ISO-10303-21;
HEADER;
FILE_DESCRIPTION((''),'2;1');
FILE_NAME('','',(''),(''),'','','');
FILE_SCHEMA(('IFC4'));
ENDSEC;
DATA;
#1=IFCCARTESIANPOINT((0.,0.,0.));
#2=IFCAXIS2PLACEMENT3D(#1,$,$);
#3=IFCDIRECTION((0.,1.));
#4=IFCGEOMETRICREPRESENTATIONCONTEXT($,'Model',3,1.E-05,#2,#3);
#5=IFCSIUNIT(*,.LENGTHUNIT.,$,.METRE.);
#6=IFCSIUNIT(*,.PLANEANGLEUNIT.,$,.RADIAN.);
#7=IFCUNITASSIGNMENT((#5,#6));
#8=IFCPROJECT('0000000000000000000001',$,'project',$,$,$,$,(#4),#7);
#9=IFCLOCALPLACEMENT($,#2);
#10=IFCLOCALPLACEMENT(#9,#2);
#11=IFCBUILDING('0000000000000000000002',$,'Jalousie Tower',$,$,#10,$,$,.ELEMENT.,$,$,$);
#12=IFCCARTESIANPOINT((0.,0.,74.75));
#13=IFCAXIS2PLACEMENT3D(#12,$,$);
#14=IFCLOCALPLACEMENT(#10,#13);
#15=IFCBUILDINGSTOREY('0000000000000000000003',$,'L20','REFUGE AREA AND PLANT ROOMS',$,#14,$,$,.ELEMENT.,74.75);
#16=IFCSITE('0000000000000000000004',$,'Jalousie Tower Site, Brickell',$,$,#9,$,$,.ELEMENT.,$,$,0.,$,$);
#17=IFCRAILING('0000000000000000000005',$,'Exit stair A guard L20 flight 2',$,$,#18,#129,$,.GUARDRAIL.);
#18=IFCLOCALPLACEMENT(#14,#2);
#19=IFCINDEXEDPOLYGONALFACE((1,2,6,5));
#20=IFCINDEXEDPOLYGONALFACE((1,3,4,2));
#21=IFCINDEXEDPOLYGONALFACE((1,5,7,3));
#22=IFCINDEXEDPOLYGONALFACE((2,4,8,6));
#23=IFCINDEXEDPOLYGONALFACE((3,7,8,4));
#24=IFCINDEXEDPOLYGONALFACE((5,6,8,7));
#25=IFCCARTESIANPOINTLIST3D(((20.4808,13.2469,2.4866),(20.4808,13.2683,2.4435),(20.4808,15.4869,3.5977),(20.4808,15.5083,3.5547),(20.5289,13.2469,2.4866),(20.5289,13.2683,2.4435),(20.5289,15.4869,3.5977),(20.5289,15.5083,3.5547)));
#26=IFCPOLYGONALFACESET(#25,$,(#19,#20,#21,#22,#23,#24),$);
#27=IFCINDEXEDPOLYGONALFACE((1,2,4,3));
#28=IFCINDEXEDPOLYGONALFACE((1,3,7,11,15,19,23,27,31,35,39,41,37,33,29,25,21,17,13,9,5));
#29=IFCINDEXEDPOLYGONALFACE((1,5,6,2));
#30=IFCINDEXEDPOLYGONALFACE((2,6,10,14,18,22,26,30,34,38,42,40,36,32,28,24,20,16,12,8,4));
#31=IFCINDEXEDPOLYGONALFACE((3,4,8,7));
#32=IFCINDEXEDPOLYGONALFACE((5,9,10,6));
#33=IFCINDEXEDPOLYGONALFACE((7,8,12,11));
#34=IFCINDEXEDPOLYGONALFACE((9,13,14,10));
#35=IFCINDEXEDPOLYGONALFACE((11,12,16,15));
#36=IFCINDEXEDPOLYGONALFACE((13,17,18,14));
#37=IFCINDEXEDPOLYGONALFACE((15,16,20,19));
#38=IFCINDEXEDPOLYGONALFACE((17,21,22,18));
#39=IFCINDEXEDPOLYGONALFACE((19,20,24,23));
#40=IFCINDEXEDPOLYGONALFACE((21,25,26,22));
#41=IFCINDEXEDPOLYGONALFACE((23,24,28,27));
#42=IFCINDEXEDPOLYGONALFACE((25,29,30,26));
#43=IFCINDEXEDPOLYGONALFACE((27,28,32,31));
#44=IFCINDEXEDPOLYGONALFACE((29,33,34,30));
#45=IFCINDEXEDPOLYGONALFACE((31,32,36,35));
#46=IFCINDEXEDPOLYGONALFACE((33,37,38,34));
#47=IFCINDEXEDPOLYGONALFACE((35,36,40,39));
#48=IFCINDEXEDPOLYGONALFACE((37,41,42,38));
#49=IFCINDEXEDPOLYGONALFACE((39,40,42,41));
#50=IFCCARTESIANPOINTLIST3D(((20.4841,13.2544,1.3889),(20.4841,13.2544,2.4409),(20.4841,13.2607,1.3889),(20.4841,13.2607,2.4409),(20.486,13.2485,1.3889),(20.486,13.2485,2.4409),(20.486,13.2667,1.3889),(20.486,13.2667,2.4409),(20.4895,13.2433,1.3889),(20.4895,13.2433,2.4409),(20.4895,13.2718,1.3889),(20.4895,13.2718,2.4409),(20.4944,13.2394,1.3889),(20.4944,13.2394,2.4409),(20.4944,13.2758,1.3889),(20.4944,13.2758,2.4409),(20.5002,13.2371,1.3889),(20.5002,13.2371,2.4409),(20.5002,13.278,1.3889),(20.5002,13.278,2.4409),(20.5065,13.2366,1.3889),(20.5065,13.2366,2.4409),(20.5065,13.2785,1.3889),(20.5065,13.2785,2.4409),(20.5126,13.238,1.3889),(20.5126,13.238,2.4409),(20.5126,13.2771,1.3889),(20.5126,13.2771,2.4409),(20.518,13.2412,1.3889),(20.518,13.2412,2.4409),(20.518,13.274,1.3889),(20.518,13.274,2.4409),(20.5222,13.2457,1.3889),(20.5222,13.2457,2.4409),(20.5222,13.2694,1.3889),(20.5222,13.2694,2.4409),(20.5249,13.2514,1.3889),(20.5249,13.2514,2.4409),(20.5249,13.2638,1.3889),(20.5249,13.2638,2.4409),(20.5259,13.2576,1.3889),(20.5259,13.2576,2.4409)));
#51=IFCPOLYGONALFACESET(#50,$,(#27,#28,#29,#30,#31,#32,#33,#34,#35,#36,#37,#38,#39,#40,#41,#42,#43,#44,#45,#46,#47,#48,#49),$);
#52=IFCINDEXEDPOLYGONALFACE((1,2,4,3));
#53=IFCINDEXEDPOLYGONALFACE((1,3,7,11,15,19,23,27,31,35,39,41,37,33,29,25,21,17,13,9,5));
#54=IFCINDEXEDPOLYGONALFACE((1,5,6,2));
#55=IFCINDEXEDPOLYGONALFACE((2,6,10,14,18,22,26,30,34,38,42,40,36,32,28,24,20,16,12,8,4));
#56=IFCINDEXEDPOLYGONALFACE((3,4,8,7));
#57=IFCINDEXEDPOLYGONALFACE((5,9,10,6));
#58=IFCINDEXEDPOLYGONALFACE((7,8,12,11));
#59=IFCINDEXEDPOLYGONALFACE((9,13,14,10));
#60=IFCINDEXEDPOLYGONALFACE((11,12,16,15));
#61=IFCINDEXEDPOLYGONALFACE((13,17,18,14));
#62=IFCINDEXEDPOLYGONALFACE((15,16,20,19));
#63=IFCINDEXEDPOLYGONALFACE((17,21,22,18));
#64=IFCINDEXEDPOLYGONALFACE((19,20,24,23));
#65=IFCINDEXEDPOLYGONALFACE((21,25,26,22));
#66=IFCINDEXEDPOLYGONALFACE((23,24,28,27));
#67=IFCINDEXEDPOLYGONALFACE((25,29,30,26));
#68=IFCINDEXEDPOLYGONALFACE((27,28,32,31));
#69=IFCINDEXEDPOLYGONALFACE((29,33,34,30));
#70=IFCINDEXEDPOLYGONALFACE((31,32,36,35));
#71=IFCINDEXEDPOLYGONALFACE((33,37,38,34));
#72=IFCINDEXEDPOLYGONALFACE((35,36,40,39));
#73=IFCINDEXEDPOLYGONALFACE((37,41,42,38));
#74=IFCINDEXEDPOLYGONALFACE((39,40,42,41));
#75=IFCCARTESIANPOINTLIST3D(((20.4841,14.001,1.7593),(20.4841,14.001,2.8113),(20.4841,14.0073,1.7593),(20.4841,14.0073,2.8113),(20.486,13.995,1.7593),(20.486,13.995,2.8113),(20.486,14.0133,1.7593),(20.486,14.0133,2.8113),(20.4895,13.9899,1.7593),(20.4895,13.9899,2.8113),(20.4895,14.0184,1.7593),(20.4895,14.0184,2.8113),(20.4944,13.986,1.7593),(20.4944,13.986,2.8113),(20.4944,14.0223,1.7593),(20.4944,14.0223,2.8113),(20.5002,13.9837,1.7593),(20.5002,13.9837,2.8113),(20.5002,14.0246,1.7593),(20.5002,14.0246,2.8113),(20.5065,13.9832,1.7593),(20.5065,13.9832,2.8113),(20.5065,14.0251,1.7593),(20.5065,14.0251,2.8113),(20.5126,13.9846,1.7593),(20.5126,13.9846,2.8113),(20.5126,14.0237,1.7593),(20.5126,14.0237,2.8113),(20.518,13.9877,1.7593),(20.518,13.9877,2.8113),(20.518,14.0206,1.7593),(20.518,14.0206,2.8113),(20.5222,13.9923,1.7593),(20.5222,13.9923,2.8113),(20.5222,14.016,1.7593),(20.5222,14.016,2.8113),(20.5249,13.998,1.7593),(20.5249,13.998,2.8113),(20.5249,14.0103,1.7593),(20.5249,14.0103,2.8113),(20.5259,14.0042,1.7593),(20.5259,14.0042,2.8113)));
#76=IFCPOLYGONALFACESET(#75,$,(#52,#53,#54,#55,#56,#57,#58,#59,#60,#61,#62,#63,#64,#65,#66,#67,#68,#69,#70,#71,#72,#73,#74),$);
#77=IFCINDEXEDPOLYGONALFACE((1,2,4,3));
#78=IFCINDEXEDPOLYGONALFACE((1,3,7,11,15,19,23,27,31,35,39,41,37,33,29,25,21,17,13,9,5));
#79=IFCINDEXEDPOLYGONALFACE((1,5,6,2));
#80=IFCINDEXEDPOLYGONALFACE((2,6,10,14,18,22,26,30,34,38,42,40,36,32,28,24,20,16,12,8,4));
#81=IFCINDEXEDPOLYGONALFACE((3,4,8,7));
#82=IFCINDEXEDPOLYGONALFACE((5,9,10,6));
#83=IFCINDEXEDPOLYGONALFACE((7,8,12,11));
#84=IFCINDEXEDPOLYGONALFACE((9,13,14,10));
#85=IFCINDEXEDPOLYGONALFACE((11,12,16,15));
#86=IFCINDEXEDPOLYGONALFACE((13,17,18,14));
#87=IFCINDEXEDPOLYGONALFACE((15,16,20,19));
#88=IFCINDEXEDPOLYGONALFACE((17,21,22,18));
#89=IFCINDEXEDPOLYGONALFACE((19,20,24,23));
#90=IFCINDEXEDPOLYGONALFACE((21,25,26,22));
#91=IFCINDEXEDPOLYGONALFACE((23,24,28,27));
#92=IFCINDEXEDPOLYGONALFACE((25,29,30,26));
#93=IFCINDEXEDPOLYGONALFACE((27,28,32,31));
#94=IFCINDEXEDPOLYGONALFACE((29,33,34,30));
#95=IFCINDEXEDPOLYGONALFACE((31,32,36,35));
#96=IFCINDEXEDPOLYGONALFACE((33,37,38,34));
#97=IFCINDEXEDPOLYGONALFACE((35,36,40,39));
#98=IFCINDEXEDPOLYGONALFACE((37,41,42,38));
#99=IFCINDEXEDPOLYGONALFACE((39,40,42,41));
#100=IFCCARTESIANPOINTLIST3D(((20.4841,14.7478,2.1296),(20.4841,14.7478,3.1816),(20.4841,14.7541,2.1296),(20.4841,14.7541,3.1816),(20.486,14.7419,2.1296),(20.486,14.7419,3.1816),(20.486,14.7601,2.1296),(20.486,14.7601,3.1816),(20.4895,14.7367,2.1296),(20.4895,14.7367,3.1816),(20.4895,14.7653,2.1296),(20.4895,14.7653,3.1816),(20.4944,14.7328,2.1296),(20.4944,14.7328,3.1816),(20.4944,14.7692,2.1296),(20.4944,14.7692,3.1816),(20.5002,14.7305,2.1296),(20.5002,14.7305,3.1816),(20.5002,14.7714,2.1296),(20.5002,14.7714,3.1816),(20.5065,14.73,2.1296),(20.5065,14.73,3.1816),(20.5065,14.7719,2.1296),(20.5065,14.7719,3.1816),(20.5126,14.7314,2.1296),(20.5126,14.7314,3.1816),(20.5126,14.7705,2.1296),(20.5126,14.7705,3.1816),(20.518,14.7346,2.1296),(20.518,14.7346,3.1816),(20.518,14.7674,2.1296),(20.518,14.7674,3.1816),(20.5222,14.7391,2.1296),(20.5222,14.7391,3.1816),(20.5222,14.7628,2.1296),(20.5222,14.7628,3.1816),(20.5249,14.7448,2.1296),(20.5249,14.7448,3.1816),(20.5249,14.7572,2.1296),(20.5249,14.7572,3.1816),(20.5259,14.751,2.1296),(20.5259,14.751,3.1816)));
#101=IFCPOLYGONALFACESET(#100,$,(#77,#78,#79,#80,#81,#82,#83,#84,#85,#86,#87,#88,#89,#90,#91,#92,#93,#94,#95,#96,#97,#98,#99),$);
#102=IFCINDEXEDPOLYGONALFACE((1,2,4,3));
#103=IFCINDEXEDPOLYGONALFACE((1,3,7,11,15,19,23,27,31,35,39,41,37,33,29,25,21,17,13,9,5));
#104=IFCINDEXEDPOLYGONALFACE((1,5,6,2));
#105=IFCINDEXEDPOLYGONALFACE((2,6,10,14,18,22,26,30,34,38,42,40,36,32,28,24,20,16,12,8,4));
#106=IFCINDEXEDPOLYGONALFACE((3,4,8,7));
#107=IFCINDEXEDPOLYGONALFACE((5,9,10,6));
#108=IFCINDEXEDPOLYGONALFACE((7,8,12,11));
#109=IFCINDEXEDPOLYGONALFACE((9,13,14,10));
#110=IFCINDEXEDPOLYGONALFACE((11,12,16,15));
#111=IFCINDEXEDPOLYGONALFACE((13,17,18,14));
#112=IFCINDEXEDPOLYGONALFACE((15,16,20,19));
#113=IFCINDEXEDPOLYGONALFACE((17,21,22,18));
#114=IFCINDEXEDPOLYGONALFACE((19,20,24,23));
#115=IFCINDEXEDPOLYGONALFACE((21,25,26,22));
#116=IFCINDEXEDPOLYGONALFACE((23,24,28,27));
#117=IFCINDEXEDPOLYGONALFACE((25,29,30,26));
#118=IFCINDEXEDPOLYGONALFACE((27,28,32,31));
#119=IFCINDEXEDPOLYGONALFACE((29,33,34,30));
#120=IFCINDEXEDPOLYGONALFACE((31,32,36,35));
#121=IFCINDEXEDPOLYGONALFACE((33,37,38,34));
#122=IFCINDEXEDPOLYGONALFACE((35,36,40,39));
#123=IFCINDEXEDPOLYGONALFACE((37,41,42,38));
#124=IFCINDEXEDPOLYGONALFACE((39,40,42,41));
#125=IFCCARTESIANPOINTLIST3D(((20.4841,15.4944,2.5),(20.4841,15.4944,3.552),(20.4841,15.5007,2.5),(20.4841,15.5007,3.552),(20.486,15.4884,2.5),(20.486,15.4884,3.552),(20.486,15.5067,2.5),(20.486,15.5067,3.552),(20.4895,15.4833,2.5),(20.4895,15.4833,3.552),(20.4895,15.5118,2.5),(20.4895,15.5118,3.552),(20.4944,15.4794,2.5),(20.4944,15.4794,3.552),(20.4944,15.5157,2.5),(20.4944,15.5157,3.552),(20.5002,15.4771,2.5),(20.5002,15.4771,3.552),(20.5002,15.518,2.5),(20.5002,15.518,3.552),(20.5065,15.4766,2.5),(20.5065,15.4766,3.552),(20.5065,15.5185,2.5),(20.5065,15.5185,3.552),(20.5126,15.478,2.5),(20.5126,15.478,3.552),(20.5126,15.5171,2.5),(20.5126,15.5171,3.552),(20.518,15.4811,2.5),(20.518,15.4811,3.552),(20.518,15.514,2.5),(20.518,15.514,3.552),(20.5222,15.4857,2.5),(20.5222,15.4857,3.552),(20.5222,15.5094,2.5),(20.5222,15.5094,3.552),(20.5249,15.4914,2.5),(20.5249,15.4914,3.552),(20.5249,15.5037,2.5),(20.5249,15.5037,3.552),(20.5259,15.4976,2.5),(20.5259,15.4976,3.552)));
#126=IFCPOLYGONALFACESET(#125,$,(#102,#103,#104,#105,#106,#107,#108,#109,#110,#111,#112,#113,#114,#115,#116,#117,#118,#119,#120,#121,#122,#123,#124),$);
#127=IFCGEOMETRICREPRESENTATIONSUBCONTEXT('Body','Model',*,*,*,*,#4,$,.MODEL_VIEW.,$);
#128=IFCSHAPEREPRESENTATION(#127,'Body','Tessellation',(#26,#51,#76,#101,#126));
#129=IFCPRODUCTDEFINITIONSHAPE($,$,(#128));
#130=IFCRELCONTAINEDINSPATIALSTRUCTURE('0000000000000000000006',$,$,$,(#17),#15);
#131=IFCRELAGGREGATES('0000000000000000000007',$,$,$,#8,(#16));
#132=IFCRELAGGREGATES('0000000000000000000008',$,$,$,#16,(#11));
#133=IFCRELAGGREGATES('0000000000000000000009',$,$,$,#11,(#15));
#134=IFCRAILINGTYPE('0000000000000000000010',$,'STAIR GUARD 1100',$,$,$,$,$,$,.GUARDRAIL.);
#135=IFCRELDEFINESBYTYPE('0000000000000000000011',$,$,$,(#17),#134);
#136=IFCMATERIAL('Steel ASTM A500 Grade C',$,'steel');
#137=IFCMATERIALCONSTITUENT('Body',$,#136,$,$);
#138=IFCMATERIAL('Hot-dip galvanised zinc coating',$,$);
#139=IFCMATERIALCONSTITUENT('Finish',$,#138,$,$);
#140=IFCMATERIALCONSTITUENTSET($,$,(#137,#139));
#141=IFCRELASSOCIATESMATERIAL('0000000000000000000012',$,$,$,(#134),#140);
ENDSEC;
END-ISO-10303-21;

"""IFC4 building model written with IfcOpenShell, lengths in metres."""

from ifc_helpers import new_model, si_unit, direction, frame, origin, origin_2d, place, context, subcontext, project, spatial, rectangle, circle, extrude, material, constituent, constituent_set, type_object, element, save


model = new_model("IFC4")

# Units and contexts
model_context = context("Model", 3, precision=1e-05, world=origin(), true_north=direction((0.0, 1.0)))
body_context = subcontext(model_context, "Body", "Model", "MODEL_VIEW")
ifc_project = project(units=[si_unit("LENGTHUNIT", "METRE"), si_unit("PLANEANGLEUNIT", "RADIAN")], contexts=[model_context])

# Site, building, storey
site_placement = place(None, origin())
site = spatial("IfcSite", under=ifc_project, at=site_placement, Name="Jalousie Tower Site, Brickell", CompositionType="ELEMENT", RefElevation=0.0)
building_placement = place(site_placement, origin())
building = spatial("IfcBuilding", under=site, at=building_placement, Name="Jalousie Tower", CompositionType="ELEMENT")
storey_placement = place(building_placement, frame((0.0, 0.0, 74.75)))
storey = spatial("IfcBuildingStorey", under=building, at=storey_placement, Name="L20", Description="REFUGE AREA AND PLANT ROOMS", CompositionType="ELEMENT", Elevation=74.75)

# Railing
ifc_material_1 = material(Name="Steel ASTM A500 Grade C", Category="steel")
ifc_constituent_1 = constituent(ifc_material_1, Name="Body")
ifc_material_2 = material(Name="Hot-dip galvanised zinc coating")
ifc_constituent_2 = constituent(ifc_material_2, Name="Finish")
ifc_constituent_set_1 = constituent_set(constituents=[ifc_constituent_1, ifc_constituent_2])
railing_type_1 = type_object("IfcRailingType", Name="STAIR GUARD 1100", PredefinedType="GUARDRAIL", material=ifc_constituent_set_1)
railing_1_placement = place(storey_placement, frame((20.5049, 13.2576, 1.3889)))
element("IfcRailing", 1, at=railing_1_placement, inside=storey, type_object=railing_type_1, Name="Exit stair A guard L20 flight 2", PredefinedType="GUARDRAIL", context=body_context, shape_type="SweptSolid", body=[
    extrude(rectangle(XDim=0.0481, YDim=0.0481, at=origin_2d()), frame((0.0, 0.0, 1.0762), z_axis=(0.0, 0.895848, 0.44436), x_axis=(-1.0, 0.0, 0.0)), (0.0, 0.0, 1.0), 2.5005),
    extrude(circle(Radius=0.021, at=origin_2d()), origin(), (0.0, 0.0, 1.0), 1.052),
    extrude(circle(Radius=0.021, at=origin_2d()), frame((0.0, 0.7466, 0.3704)), (0.0, 0.0, 1.0), 1.052),
    extrude(circle(Radius=0.021, at=origin_2d()), frame((0.0, 1.4934, 0.7407)), (0.0, 0.0, 1.0), 1.052),
    extrude(circle(Radius=0.021, at=origin_2d()), frame((0.0, 2.24, 1.1111)), (0.0, 0.0, 1.0), 1.052),
])

save(model, "model.ifc")
